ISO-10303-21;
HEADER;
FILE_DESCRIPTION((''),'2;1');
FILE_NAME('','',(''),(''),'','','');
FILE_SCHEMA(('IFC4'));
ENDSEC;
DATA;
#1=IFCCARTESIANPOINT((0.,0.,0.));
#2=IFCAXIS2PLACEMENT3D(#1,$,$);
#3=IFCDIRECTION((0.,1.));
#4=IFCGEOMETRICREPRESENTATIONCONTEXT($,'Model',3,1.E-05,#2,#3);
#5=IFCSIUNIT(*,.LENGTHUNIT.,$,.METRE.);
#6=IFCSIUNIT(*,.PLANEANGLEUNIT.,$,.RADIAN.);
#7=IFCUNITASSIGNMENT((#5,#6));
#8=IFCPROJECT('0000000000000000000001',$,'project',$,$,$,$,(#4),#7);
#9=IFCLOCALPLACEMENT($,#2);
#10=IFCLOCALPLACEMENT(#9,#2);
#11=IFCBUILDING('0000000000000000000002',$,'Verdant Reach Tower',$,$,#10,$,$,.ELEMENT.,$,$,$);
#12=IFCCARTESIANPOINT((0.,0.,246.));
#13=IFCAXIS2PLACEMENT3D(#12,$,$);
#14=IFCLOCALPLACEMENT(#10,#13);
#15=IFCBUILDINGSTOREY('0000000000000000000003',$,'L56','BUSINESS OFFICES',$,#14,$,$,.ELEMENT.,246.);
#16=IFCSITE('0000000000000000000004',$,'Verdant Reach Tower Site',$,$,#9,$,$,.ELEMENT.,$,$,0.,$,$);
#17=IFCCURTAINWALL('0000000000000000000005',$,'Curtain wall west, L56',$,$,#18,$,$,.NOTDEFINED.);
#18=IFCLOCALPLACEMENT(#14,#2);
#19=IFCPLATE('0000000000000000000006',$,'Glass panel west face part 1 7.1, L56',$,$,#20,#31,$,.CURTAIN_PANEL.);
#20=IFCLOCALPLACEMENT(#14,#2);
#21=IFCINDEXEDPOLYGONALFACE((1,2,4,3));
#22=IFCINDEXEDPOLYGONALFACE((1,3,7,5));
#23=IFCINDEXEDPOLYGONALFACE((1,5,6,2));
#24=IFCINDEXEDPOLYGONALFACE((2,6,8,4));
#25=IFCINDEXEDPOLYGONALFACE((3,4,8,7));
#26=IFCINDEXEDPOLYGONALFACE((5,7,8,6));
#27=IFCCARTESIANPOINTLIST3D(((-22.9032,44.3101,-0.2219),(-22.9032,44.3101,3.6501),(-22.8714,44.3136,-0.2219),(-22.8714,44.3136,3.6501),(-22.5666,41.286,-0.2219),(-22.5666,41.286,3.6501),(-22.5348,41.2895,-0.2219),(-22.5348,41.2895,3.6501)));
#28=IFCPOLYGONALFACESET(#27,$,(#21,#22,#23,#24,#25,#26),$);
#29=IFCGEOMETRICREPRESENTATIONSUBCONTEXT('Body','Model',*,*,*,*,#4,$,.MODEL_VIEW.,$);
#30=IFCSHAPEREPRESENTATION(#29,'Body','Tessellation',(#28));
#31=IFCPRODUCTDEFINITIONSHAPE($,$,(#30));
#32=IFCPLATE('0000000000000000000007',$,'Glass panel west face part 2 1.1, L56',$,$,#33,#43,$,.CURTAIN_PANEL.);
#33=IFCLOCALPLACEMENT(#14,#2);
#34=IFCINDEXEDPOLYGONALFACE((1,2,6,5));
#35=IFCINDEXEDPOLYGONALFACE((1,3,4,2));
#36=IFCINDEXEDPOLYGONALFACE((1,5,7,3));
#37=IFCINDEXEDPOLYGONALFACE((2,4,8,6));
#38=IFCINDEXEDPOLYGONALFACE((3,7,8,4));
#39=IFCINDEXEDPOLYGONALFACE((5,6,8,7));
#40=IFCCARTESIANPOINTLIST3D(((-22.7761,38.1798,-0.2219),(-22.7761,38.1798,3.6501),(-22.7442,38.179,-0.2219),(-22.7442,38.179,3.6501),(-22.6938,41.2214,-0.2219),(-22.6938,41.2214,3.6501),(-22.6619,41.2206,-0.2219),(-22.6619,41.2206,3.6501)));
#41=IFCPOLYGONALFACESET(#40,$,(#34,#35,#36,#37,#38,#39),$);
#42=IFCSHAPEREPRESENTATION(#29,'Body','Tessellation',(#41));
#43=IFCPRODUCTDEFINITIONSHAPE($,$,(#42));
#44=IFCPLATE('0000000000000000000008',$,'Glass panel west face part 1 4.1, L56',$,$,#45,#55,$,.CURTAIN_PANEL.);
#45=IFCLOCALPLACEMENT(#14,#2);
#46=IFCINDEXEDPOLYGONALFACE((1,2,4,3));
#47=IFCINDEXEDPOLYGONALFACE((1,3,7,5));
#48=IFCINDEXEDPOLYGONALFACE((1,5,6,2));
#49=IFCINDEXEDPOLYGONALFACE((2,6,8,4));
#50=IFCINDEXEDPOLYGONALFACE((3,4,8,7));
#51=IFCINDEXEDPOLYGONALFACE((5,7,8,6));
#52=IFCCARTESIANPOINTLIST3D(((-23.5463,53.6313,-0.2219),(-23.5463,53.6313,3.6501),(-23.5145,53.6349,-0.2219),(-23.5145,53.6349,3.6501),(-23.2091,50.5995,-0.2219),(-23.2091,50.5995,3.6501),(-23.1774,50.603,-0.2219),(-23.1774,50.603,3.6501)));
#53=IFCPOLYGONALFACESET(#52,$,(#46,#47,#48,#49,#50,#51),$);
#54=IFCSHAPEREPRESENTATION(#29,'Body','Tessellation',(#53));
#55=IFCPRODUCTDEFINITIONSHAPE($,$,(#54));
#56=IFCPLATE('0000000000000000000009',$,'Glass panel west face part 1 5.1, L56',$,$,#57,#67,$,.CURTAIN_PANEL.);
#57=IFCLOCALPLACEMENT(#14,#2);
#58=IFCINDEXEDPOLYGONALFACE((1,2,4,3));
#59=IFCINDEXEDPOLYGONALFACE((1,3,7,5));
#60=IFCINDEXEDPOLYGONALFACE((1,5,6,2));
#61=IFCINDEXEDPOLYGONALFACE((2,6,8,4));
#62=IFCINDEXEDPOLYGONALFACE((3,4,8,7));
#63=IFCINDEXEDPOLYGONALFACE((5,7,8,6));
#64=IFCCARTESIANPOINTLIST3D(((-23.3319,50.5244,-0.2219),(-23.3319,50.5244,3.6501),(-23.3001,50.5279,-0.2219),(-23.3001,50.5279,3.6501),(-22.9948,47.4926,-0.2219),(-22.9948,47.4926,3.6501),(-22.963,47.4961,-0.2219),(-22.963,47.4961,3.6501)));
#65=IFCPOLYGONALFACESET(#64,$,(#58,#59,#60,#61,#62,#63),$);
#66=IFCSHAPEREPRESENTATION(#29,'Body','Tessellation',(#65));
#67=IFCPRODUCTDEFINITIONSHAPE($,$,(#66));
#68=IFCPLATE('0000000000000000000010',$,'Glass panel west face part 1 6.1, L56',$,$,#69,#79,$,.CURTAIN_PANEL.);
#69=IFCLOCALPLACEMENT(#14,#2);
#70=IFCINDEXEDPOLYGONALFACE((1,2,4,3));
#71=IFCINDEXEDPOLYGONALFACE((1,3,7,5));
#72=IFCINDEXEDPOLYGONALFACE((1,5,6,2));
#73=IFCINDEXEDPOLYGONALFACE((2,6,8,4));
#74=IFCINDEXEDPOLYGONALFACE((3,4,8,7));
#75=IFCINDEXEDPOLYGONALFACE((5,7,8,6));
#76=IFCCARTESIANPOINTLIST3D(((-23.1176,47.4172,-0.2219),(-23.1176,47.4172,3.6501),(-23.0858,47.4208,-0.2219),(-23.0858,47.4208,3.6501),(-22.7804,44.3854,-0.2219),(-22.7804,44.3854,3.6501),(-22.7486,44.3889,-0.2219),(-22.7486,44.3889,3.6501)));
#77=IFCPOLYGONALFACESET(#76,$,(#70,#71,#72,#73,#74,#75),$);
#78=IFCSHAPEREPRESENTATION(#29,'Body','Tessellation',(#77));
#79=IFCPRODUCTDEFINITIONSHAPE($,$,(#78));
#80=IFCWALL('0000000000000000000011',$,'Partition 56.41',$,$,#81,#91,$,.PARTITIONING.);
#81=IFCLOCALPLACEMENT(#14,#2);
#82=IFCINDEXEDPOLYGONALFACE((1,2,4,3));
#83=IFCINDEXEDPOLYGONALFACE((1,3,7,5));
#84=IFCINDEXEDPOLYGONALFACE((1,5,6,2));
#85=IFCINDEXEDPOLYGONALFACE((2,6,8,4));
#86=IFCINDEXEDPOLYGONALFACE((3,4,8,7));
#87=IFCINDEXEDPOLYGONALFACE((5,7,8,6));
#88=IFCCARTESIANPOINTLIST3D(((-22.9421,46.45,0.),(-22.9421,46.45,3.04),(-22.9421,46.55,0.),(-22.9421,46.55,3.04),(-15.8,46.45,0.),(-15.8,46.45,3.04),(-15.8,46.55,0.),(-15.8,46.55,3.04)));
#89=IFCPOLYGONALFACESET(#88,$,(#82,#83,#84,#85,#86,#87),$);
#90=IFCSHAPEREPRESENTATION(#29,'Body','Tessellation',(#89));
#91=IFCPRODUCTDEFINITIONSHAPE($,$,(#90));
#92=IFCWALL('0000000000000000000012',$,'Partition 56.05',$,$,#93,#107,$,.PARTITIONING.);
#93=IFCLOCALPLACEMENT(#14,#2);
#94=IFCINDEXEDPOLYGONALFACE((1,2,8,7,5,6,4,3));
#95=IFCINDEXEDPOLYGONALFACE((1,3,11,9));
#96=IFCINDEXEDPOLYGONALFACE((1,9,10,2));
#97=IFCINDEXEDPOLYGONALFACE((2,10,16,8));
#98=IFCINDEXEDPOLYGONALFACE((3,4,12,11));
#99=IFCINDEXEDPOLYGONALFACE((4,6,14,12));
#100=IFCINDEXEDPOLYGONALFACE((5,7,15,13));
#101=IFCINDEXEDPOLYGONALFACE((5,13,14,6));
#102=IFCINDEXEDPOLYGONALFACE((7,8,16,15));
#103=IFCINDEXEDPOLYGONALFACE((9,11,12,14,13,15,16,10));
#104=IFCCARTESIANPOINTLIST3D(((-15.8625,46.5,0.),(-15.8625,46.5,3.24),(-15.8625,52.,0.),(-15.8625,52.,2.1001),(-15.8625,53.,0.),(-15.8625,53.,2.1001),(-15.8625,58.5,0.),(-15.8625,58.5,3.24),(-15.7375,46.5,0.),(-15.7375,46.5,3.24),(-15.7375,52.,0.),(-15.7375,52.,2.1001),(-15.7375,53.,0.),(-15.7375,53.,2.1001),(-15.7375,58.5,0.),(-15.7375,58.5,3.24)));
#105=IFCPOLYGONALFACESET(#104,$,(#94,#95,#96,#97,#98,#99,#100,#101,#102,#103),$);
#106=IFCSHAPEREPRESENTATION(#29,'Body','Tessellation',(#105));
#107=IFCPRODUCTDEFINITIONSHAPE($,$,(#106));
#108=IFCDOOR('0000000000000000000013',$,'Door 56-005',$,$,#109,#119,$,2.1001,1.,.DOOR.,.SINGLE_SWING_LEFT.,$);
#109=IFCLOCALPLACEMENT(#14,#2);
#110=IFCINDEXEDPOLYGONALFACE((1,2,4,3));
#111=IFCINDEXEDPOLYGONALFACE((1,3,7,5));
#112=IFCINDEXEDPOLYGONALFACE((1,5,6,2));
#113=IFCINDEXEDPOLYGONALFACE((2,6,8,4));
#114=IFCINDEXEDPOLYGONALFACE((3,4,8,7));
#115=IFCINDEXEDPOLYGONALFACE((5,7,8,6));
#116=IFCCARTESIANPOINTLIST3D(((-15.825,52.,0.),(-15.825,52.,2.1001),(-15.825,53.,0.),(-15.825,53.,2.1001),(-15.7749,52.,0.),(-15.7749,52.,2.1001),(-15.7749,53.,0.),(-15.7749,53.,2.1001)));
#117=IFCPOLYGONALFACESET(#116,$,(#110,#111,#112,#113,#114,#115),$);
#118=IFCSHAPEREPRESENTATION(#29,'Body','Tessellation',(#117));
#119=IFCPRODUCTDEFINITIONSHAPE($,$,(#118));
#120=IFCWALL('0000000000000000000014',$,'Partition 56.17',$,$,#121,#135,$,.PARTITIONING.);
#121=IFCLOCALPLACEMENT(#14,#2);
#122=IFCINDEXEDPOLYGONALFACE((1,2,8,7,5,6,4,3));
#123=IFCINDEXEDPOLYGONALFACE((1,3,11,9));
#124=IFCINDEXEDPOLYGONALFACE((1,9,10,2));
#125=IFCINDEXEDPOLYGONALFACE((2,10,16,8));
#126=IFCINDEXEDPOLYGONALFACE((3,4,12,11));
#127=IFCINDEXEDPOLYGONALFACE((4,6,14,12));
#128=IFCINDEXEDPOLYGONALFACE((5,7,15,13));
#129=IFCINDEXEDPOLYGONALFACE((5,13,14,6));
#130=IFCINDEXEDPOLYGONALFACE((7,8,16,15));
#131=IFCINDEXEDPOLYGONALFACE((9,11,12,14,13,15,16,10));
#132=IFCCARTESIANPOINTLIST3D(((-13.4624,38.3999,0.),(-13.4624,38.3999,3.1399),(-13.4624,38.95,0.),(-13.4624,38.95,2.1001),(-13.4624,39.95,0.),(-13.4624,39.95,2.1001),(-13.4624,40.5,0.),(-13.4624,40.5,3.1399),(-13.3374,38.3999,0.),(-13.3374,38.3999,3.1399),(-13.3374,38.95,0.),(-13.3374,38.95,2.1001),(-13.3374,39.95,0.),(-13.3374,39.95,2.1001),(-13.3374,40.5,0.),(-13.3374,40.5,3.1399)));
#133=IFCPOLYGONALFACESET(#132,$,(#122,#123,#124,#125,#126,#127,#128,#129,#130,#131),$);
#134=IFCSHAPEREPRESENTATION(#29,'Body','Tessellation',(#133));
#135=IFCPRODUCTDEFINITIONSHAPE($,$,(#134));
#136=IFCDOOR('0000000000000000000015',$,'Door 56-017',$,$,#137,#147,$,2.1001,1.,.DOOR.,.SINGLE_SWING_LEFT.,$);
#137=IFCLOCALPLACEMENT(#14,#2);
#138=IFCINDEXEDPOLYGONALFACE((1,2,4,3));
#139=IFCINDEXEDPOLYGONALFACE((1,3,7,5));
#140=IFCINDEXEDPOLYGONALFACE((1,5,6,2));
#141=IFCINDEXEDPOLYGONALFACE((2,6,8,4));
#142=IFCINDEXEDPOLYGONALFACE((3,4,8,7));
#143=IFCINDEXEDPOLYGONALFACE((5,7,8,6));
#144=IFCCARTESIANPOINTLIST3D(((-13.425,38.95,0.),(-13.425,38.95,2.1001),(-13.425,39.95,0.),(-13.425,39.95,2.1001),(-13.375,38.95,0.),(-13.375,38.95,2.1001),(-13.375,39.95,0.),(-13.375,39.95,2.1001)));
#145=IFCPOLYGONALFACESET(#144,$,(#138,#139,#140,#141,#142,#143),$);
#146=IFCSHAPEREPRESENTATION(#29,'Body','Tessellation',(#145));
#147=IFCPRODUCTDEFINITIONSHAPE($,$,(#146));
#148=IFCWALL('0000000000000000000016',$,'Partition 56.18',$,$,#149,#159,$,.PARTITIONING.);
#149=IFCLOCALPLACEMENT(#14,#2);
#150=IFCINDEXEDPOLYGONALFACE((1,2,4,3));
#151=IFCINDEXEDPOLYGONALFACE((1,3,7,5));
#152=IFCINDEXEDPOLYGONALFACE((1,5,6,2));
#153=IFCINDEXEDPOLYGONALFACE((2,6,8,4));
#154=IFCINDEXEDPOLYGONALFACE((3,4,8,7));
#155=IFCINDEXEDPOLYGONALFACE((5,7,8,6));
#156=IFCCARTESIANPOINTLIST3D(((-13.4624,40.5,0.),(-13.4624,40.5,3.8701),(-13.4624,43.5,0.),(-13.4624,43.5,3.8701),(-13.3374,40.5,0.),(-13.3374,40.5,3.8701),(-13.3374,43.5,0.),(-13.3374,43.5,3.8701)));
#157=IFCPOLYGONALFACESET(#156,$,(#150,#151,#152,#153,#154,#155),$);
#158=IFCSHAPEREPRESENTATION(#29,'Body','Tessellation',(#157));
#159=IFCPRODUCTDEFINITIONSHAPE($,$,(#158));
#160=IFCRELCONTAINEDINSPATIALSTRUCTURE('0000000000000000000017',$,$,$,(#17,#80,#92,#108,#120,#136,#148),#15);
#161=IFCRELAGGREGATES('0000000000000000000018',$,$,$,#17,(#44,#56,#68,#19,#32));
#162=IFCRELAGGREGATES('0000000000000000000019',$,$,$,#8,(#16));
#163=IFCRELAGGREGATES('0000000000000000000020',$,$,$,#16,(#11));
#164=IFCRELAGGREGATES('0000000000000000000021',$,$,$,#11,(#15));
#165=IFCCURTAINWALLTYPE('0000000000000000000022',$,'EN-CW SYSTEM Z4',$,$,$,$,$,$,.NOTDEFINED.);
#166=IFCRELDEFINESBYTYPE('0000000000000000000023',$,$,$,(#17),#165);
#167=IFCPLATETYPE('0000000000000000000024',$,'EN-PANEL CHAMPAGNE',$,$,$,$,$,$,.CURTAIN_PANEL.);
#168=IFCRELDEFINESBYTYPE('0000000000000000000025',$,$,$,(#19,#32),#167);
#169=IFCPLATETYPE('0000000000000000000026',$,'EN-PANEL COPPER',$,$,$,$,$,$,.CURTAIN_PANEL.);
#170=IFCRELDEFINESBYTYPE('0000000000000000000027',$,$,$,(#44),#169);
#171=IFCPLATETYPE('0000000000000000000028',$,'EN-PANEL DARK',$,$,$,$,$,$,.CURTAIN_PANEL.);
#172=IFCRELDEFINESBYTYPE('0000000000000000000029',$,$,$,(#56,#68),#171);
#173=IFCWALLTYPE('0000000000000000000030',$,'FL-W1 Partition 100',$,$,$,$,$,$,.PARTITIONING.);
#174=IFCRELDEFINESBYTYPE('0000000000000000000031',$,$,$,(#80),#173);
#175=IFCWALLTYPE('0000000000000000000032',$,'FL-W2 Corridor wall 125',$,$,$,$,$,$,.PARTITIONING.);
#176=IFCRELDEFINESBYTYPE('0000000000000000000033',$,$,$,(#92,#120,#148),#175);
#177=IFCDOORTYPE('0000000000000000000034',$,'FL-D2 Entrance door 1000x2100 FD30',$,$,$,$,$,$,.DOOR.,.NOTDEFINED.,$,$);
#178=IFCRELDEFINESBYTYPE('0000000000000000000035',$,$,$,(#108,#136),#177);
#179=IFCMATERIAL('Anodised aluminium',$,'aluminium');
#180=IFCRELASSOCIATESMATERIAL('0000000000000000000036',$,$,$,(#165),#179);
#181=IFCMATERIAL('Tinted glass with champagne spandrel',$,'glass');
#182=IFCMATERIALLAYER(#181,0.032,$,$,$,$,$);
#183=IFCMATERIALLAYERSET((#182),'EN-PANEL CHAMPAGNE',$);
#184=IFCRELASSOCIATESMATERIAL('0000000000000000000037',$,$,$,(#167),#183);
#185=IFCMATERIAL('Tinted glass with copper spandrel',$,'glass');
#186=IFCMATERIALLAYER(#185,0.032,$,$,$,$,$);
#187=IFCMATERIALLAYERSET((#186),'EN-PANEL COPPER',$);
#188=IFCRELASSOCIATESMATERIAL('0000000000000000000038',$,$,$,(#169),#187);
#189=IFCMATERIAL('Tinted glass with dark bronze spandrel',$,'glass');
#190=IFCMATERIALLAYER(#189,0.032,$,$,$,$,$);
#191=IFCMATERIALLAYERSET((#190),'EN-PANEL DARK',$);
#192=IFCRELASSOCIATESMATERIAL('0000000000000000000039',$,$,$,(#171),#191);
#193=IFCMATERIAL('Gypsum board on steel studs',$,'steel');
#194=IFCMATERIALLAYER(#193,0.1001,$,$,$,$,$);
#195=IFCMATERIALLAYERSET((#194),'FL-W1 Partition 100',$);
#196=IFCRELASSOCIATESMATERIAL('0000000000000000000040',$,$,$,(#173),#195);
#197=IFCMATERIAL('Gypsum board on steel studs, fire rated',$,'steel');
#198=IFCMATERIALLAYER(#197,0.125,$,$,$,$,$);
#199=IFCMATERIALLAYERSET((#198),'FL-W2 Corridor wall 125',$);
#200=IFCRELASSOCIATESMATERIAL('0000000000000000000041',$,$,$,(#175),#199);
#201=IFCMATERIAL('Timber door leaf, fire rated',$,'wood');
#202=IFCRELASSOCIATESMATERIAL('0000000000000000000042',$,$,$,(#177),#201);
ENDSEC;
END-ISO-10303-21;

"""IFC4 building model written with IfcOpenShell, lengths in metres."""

from ifc_helpers import new_model, si_unit, direction, frame, frame_2d, origin, origin_2d, place, context, subcontext, project, spatial, rectangle, extrude, material, layer, layer_set, type_object, element, fill, aggregate, save


model = new_model("IFC4")

# Units and contexts
model_context = context("Model", 3, precision=1e-05, world=origin(), true_north=direction((0.0, 1.0)))
body_context = subcontext(model_context, "Body", "Model", "MODEL_VIEW")
ifc_project = project(units=[si_unit("LENGTHUNIT", "METRE"), si_unit("PLANEANGLEUNIT", "RADIAN")], contexts=[model_context])

# Site, building, storey
site_placement = place(None, origin())
site = spatial("IfcSite", under=ifc_project, at=site_placement, Name="Verdant Reach Tower Site", CompositionType="ELEMENT", RefElevation=0.0)
building_placement = place(site_placement, origin())
building = spatial("IfcBuilding", under=site, at=building_placement, Name="Verdant Reach Tower", CompositionType="ELEMENT")
storey_placement = place(building_placement, frame((0.0, 0.0, 246.0)))
storey = spatial("IfcBuildingStorey", under=building, at=storey_placement, Name="L56", Description="BUSINESS OFFICES", CompositionType="ELEMENT", Elevation=246.0)

# Curtain wall
ifc_material_1 = material(Name="Anodised aluminium", Category="aluminium")
curtain_wall_type = type_object("IfcCurtainWallType", Name="EN-CW SYSTEM Z4", PredefinedType="NOTDEFINED", material=ifc_material_1)
curtain_wall_placement = place(storey_placement, origin())
curtain_wall = element("IfcCurtainWall", 1, at=curtain_wall_placement, inside=storey, type_object=curtain_wall_type, Name="Curtain wall west, L56", PredefinedType="NOTDEFINED")

# Plates
ifc_material_2 = material(Name="Tinted glass with champagne spandrel", Category="glass")
ifc_layer_1 = layer(ifc_material_2, 0.032)
ifc_layer_set_1 = layer_set([ifc_layer_1], Name="EN-PANEL CHAMPAGNE")
plate_type_1 = type_object("IfcPlateType", Name="EN-PANEL CHAMPAGNE", PredefinedType="CURTAIN_PANEL", material=ifc_layer_set_1)
plate_1_placement = place(storey_placement, frame((-22.719, 42.7998, -0.2219), z_axis=(0.0, 0.0, 1.0), x_axis=(0.110603, -0.993865, 0.0)))
plate_1 = element("IfcPlate", 2, at=plate_1_placement, type_object=plate_type_1, Name="Glass panel west face part 1 7.1, L56", PredefinedType="CURTAIN_PANEL", context=body_context, shape_type="SweptSolid", body=[
    extrude(rectangle(XDim=3.0427, YDim=0.032, at=origin_2d()), origin(), (0.0, 0.0, 1.0), 3.8721),
])
plate_2_placement = place(storey_placement, frame((-22.719, 39.7002, -0.2219), z_axis=(0.0, 0.0, 1.0), x_axis=(-0.027051, -0.999634, 0.0)))
plate_2 = element("IfcPlate", 3, at=plate_2_placement, type_object=plate_type_1, Name="Glass panel west face part 2 1.1, L56", PredefinedType="CURTAIN_PANEL", context=body_context, shape_type="SweptSolid", body=[
    extrude(rectangle(XDim=3.0427, YDim=0.032, at=origin_2d()), origin(), (0.0, 0.0, 1.0), 3.8721),
])
ifc_material_3 = material(Name="Tinted glass with copper spandrel", Category="glass")
ifc_layer_2 = layer(ifc_material_3, 0.032)
ifc_layer_set_2 = layer_set([ifc_layer_2], Name="EN-PANEL COPPER")
plate_type_2 = type_object("IfcPlateType", Name="EN-PANEL COPPER", PredefinedType="CURTAIN_PANEL", material=ifc_layer_set_2)
plate_3_placement = place(storey_placement, frame((-23.3618, 52.1172, -0.2219), z_axis=(0.0, 0.0, 1.0), x_axis=(0.110518, -0.993874, 0.0)))
plate_3 = element("IfcPlate", 4, at=plate_3_placement, type_object=plate_type_2, Name="Glass panel west face part 1 4.1, L56", PredefinedType="CURTAIN_PANEL", context=body_context, shape_type="SweptSolid", body=[
    extrude(rectangle(XDim=3.0505, YDim=0.032, at=origin_2d()), origin(), (0.0, 0.0, 1.0), 3.8721),
])
ifc_material_4 = material(Name="Tinted glass with dark bronze spandrel", Category="glass")
ifc_layer_3 = layer(ifc_material_4, 0.032)
ifc_layer_set_3 = layer_set([ifc_layer_3], Name="EN-PANEL DARK")
plate_type_3 = type_object("IfcPlateType", Name="EN-PANEL DARK", PredefinedType="CURTAIN_PANEL", material=ifc_layer_set_3)
plate_4_placement = place(storey_placement, frame((-23.1475, 49.0103, -0.2219), z_axis=(0.0, 0.0, 1.0), x_axis=(0.110518, -0.993874, 0.0)))
plate_4 = element("IfcPlate", 5, at=plate_4_placement, type_object=plate_type_3, Name="Glass panel west face part 1 5.1, L56", PredefinedType="CURTAIN_PANEL", context=body_context, shape_type="SweptSolid", body=[
    extrude(rectangle(XDim=3.0505, YDim=0.032, at=origin_2d()), origin(), (0.0, 0.0, 1.0), 3.8721),
])
plate_5_placement = place(storey_placement, frame((-22.9331, 45.9031, -0.2219), z_axis=(0.0, 0.0, 1.0), x_axis=(0.110518, -0.993874, 0.0)))
plate_5 = element("IfcPlate", 6, at=plate_5_placement, type_object=plate_type_3, Name="Glass panel west face part 1 6.1, L56", PredefinedType="CURTAIN_PANEL", context=body_context, shape_type="SweptSolid", body=[
    extrude(rectangle(XDim=3.0505, YDim=0.032, at=origin_2d()), origin(), (0.0, 0.0, 1.0), 3.8721),
])
aggregate(curtain_wall, [plate_3, plate_4, plate_5, plate_1, plate_2])

# Wall
ifc_material_5 = material(Name="Gypsum board on steel studs", Category="steel")
ifc_layer_4 = layer(ifc_material_5, 0.1001)
ifc_layer_set_4 = layer_set([ifc_layer_4], Name="FL-W1 Partition 100")
wall_type_1 = type_object("IfcWallType", Name="FL-W1 Partition 100", PredefinedType="PARTITIONING", material=ifc_layer_set_4)
wall_1_placement = place(storey_placement, frame((-15.8, 46.5, 0.0), z_axis=(0.0, 0.0, 1.0), x_axis=(-1.0, 0.0, 0.0)))
element("IfcWall", 7, at=wall_1_placement, inside=storey, type_object=wall_type_1, Name="Partition 56.41", PredefinedType="PARTITIONING", context=body_context, shape_type="SweptSolid", body=[
    extrude(rectangle(XDim=7.1421, YDim=0.1001, at=frame_2d((3.571, 0.0))), origin(), (0.0, 0.0, 1.0), 3.04),
])

# Walls, openings, doors
ifc_material_6 = material(Name="Gypsum board on steel studs, fire rated", Category="steel")
ifc_layer_5 = layer(ifc_material_6, 0.125)
ifc_layer_set_5 = layer_set([ifc_layer_5], Name="FL-W2 Corridor wall 125")
wall_type_2 = type_object("IfcWallType", Name="FL-W2 Corridor wall 125", PredefinedType="PARTITIONING", material=ifc_layer_set_5)
wall_2_placement = place(storey_placement, frame((-15.8, 46.5, 0.0), z_axis=(0.0, 0.0, 1.0), x_axis=(0.0, 1.0, 0.0)))
wall_2 = element("IfcWall", 8, at=wall_2_placement, inside=storey, type_object=wall_type_2, Name="Partition 56.05", PredefinedType="PARTITIONING", context=body_context, shape_type="SweptSolid", body=[
    extrude(rectangle(XDim=12.0, YDim=0.125, at=frame_2d((6.0, 0.0))), origin(), (0.0, 0.0, 1.0), 3.24),
])
opening_1_placement = place(wall_2_placement, frame((5.5, 0.0, 0.0)))
opening_1 = element("IfcOpeningElement", 9, at=opening_1_placement, cuts=wall_2, PredefinedType="OPENING", context=body_context, shape_type="SweptSolid", body=[
    extrude(rectangle(XDim=1.0, YDim=2.1001, at=frame_2d((0.5, 1.05))), frame((0.0, 0.0725, 0.0), z_axis=(0.0, -1.0, 0.0), x_axis=(1.0, 0.0, 0.0)), (0.0, 0.0, 1.0), 0.145),
])
ifc_material_7 = material(Name="Timber door leaf, fire rated", Category="wood")
door_type = type_object("IfcDoorType", Name="FL-D2 Entrance door 1000x2100 FD30", OperationType="NOTDEFINED", PredefinedType="DOOR", material=ifc_material_7)
door_1_placement = place(opening_1_placement, origin())
door_1 = element("IfcDoor", 10, at=door_1_placement, inside=storey, type_object=door_type, Name="Door 56-005", OperationType="SINGLE_SWING_LEFT", OverallHeight=2.1001, OverallWidth=1.0, PredefinedType="DOOR", context=body_context, shape_type="SweptSolid", body=[
    extrude(rectangle(XDim=1.0, YDim=2.1001, at=frame_2d((0.5, 1.05))), frame((0.0, 0.0249, 0.0), z_axis=(0.0, -1.0, 0.0), x_axis=(1.0, 0.0, 0.0)), (0.0, 0.0, 1.0), 0.05),
])
fill(opening_1, door_1)
wall_3_placement = place(storey_placement, frame((-13.3999, 40.5, 0.0), z_axis=(0.0, 0.0, 1.0), x_axis=(0.0, -1.0, 0.0)))
wall_3 = element("IfcWall", 11, at=wall_3_placement, inside=storey, type_object=wall_type_2, Name="Partition 56.17", PredefinedType="PARTITIONING", context=body_context, shape_type="SweptSolid", body=[
    extrude(rectangle(XDim=2.1001, YDim=0.125, at=frame_2d((1.05, 0.0))), origin(), (0.0, 0.0, 1.0), 3.1399),
])
opening_2_placement = place(wall_3_placement, frame((0.55, 0.0, 0.0)))
opening_2 = element("IfcOpeningElement", 12, at=opening_2_placement, cuts=wall_3, PredefinedType="OPENING", context=body_context, shape_type="SweptSolid", body=[
    extrude(rectangle(XDim=1.0, YDim=2.1001, at=frame_2d((0.5, 1.05))), frame((0.0, 0.0725, 0.0), z_axis=(0.0, -1.0, 0.0), x_axis=(1.0, 0.0, 0.0)), (0.0, 0.0, 1.0), 0.145),
])
door_2_placement = place(opening_2_placement, origin())
door_2 = element("IfcDoor", 13, at=door_2_placement, inside=storey, type_object=door_type, Name="Door 56-017", OperationType="SINGLE_SWING_LEFT", OverallHeight=2.1001, OverallWidth=1.0, PredefinedType="DOOR", context=body_context, shape_type="SweptSolid", body=[
    extrude(rectangle(XDim=1.0, YDim=2.1001, at=frame_2d((0.5, 1.05))), frame((0.0, 0.0249, 0.0), z_axis=(0.0, -1.0, 0.0), x_axis=(1.0, 0.0, 0.0)), (0.0, 0.0, 1.0), 0.05),
])
fill(opening_2, door_2)

# Wall
wall_4_placement = place(storey_placement, frame((-13.3999, 40.5, 0.0), z_axis=(0.0, 0.0, 1.0), x_axis=(0.0, 1.0, 0.0)))
element("IfcWall", 14, at=wall_4_placement, inside=storey, type_object=wall_type_2, Name="Partition 56.18", PredefinedType="PARTITIONING", context=body_context, shape_type="SweptSolid", body=[
    extrude(rectangle(XDim=3.0, YDim=0.125, at=frame_2d((1.5, 0.0))), origin(), (0.0, 0.0, 1.0), 3.8701),
])

save(model, "model.ifc")
